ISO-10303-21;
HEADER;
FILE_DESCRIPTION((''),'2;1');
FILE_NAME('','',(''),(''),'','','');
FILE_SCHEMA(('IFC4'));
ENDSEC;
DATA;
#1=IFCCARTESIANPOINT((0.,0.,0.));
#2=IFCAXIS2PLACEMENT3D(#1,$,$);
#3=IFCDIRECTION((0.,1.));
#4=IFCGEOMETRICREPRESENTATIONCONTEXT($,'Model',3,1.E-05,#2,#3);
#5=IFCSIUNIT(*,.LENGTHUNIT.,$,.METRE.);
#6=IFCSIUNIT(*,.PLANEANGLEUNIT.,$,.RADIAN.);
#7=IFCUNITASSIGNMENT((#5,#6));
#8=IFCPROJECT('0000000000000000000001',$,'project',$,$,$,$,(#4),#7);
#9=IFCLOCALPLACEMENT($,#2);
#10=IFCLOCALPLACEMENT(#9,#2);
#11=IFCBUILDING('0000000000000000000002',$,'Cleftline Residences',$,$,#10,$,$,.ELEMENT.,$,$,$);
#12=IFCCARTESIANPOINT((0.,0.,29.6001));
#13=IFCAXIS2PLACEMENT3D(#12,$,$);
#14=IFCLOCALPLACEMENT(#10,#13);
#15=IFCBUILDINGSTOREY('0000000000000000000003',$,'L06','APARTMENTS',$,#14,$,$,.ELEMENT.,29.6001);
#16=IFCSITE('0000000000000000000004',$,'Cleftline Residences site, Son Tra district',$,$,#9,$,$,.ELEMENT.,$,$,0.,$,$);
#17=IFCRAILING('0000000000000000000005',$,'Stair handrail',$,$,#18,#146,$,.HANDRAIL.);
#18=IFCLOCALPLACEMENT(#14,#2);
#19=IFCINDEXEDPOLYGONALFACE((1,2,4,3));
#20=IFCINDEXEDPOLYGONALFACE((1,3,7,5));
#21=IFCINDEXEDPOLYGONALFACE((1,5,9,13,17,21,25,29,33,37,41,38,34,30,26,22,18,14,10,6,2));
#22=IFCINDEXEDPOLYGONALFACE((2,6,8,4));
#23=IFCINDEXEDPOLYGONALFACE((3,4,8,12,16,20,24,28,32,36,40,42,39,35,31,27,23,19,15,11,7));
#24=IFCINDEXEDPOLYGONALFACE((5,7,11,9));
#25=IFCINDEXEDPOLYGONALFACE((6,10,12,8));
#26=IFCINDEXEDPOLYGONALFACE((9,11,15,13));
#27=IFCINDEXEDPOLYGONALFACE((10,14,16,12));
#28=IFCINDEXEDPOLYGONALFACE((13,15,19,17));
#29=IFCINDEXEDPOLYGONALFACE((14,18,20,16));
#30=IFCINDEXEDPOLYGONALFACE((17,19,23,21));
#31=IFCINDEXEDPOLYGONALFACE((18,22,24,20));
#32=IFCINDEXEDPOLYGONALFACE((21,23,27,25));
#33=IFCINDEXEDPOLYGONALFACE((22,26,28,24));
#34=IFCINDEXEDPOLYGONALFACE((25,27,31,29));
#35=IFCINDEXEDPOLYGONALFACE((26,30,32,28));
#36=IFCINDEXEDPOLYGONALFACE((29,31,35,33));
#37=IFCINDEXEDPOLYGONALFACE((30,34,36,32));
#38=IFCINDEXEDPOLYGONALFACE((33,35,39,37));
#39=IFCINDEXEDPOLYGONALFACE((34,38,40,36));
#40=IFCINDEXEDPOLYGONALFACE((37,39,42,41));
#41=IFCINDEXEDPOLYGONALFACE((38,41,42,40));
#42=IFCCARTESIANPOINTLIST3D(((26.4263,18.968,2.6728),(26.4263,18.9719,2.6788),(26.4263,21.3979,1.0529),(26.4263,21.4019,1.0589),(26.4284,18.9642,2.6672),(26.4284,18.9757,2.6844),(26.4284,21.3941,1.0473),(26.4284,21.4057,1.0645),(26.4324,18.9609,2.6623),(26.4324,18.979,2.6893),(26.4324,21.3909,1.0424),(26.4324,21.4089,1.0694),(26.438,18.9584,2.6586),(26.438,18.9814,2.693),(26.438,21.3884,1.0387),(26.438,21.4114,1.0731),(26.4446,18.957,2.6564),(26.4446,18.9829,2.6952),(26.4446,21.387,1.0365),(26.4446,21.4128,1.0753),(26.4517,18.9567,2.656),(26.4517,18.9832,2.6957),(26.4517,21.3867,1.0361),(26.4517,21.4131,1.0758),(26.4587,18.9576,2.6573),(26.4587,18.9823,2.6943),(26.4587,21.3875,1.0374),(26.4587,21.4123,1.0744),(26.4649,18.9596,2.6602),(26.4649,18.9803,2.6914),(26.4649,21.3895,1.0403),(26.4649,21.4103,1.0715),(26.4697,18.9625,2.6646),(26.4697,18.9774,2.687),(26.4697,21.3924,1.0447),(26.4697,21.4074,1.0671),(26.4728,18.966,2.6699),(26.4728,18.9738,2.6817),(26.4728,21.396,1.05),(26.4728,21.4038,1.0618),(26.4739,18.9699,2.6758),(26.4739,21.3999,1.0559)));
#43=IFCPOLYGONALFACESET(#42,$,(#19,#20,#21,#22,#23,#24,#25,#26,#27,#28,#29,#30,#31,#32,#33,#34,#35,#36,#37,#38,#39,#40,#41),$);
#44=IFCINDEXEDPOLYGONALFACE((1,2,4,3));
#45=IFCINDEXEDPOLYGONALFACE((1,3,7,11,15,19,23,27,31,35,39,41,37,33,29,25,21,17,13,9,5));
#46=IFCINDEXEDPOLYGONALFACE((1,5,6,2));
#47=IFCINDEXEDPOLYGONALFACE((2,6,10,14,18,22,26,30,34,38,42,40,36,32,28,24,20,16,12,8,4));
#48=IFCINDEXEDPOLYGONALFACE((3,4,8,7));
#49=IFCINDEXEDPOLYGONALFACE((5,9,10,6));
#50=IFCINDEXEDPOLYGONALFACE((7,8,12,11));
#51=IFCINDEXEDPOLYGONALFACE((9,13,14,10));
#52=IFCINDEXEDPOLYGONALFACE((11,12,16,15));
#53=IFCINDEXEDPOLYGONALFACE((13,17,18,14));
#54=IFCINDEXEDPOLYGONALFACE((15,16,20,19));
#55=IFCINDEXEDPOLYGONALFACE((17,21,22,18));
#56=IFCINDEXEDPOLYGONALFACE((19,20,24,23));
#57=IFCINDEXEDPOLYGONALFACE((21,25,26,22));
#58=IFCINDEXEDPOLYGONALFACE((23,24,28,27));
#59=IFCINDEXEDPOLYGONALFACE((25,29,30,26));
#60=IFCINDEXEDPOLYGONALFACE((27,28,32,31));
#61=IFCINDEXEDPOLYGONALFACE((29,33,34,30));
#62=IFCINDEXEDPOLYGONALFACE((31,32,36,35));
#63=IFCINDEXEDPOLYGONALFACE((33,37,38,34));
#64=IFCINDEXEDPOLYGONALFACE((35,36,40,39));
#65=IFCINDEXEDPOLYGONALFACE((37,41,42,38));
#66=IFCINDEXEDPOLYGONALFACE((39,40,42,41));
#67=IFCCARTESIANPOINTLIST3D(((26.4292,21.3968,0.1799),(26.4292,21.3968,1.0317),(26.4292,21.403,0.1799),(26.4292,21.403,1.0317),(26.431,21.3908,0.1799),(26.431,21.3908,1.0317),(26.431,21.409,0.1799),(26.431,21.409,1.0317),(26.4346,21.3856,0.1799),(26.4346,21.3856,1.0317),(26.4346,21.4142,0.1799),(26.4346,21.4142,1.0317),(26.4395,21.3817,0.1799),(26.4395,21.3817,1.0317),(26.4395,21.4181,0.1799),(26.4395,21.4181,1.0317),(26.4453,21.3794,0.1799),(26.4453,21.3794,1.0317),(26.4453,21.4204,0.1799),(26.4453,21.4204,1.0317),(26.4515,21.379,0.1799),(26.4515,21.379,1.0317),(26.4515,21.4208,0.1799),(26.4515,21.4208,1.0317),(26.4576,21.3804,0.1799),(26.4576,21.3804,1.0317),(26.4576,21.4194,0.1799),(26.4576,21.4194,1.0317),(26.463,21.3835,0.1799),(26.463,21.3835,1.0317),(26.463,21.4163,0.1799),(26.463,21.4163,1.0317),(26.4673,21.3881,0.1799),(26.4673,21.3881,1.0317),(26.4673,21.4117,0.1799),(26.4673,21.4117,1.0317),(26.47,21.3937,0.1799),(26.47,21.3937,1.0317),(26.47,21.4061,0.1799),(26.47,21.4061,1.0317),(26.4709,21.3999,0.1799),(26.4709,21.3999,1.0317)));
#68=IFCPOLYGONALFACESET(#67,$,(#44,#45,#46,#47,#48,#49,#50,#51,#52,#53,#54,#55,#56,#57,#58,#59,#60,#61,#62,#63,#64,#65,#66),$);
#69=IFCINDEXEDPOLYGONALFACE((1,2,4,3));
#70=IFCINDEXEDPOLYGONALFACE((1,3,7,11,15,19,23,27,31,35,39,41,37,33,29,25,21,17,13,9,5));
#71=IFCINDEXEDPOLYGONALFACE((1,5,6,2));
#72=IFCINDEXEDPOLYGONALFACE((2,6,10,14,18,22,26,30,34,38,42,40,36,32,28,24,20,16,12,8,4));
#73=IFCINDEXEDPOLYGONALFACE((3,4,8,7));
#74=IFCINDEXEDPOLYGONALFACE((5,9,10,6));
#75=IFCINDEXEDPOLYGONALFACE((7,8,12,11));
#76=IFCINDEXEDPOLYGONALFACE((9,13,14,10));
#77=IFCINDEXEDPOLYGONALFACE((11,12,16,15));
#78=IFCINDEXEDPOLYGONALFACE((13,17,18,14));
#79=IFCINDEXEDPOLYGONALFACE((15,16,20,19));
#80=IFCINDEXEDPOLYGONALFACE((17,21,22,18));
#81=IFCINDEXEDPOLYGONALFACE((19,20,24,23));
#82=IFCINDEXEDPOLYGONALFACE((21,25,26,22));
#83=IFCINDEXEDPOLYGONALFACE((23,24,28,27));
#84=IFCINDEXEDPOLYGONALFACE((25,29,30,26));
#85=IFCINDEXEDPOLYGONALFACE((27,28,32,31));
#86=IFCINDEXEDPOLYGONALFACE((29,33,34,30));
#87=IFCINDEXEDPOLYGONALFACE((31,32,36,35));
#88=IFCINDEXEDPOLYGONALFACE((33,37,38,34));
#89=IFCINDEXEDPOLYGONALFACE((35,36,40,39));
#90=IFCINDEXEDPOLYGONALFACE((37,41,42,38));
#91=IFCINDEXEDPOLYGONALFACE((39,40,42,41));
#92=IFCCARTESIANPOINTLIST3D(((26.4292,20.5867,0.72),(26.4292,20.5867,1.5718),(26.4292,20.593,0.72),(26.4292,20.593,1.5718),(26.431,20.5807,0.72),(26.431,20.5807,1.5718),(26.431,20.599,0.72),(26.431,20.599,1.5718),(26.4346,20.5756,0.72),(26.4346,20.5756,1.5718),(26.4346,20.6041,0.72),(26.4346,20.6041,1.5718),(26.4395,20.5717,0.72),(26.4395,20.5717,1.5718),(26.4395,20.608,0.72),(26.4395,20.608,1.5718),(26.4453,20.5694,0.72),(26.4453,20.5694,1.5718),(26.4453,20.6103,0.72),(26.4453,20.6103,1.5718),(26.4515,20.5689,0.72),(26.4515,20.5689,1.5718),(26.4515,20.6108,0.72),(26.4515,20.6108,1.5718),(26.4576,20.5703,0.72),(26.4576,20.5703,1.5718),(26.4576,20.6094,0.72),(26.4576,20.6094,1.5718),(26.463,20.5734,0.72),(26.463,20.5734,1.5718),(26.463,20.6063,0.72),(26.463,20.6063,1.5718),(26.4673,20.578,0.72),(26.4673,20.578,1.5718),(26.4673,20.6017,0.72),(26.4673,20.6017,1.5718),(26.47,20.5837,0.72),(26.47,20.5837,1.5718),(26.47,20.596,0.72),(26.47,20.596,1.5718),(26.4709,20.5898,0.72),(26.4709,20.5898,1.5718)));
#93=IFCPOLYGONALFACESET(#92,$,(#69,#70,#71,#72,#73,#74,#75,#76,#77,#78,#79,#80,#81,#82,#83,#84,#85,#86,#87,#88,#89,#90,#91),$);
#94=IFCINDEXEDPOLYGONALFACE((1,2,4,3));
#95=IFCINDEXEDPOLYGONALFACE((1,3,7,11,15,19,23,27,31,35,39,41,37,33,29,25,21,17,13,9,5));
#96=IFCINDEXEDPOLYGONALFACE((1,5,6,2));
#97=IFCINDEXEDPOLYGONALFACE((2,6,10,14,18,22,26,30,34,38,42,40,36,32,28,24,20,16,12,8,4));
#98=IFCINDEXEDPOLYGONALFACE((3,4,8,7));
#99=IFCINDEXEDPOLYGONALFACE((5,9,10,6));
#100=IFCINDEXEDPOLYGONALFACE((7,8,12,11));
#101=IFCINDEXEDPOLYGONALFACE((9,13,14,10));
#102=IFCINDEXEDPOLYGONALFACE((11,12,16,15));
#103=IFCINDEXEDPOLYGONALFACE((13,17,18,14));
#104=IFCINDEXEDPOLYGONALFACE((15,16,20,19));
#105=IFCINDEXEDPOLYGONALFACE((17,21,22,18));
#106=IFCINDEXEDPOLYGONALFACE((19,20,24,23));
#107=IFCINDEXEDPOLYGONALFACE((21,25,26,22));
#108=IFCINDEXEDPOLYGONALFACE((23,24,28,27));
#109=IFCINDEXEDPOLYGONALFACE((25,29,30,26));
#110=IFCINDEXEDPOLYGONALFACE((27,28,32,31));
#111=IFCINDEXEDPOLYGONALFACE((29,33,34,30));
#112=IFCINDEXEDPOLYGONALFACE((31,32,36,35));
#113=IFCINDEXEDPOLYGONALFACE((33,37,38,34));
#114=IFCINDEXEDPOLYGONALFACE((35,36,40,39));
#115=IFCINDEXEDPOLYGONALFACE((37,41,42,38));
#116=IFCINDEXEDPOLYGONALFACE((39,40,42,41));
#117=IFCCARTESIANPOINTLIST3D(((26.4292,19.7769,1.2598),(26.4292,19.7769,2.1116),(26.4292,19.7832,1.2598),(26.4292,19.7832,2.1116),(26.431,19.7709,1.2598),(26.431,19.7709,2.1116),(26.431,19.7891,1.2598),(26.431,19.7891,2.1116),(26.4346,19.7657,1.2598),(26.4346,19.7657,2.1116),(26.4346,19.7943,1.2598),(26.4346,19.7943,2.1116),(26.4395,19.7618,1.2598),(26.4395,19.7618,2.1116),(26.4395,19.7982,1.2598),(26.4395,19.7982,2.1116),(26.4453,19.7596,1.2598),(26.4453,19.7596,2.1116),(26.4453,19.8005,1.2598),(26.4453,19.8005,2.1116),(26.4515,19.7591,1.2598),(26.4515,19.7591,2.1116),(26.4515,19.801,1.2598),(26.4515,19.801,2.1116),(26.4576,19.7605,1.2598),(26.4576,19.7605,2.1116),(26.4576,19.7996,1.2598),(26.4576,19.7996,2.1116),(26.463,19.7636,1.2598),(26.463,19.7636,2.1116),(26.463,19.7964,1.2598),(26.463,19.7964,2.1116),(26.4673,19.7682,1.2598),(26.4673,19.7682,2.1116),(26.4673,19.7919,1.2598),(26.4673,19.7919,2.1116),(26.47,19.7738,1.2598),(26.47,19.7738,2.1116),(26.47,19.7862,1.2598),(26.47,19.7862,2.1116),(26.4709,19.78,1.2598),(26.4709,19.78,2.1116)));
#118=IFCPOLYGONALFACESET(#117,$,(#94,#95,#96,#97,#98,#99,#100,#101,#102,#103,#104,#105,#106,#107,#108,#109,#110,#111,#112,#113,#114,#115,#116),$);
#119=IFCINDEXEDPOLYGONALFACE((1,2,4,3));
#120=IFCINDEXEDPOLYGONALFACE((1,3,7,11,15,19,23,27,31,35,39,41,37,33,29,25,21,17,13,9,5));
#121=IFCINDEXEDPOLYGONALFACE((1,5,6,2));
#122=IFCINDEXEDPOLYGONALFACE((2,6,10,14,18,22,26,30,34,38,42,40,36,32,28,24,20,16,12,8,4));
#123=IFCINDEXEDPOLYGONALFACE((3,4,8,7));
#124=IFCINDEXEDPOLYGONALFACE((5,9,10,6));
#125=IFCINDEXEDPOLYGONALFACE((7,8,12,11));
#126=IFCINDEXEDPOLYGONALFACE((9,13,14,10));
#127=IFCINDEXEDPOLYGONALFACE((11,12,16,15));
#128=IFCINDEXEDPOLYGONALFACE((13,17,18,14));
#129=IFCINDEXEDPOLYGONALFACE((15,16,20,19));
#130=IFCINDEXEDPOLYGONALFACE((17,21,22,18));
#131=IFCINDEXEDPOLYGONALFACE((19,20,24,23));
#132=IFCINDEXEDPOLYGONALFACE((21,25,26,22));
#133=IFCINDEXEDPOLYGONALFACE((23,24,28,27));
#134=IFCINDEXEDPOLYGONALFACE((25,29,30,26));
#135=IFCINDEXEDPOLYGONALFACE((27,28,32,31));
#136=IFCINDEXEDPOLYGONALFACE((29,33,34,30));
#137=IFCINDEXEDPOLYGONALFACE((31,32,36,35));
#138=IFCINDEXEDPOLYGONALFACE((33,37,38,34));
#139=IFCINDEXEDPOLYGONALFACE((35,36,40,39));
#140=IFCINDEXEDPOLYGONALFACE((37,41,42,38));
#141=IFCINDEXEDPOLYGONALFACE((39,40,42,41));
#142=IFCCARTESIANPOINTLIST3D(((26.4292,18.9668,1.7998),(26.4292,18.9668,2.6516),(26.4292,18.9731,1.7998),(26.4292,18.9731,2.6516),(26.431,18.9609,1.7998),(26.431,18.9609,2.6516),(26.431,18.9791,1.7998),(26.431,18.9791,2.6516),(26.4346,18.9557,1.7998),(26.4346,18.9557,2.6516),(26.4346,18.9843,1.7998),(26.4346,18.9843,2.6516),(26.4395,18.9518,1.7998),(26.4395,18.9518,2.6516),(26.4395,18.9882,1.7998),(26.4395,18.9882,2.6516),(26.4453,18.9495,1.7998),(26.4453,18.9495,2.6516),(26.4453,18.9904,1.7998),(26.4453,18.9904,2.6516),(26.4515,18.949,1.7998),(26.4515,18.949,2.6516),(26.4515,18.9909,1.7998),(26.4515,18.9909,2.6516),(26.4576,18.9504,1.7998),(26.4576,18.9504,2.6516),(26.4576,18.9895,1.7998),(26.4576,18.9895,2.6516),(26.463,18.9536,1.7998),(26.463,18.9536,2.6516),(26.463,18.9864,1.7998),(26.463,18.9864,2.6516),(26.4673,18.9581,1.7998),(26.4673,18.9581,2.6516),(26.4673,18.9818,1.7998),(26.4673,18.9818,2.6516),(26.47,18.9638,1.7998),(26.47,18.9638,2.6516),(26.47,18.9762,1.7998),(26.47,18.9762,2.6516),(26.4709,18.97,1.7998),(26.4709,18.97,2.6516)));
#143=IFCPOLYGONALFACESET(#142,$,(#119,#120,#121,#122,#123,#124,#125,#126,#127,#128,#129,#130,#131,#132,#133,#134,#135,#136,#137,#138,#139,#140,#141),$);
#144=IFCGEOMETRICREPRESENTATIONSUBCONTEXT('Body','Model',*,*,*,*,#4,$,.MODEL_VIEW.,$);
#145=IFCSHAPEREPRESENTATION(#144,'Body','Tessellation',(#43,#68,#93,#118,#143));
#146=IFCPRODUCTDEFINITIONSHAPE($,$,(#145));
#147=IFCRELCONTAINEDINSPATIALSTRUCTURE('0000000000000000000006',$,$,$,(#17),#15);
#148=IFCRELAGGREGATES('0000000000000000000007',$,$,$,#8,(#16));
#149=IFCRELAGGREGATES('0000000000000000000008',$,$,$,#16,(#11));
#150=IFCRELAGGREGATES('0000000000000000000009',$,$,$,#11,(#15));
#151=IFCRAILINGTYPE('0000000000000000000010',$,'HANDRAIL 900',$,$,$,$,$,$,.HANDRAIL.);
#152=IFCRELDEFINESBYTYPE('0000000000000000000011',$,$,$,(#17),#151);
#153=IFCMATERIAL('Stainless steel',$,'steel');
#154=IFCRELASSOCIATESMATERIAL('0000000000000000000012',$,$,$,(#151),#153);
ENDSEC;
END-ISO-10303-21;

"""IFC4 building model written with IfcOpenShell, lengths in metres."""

from ifc_helpers import new_model, si_unit, direction, frame, origin, origin_2d, place, context, subcontext, project, spatial, circle, extrude, material, type_object, element, save


model = new_model("IFC4")

# Units and contexts
model_context = context("Model", 3, precision=1e-05, world=origin(), true_north=direction((0.0, 1.0)))
body_context = subcontext(model_context, "Body", "Model", "MODEL_VIEW")
ifc_project = project(units=[si_unit("LENGTHUNIT", "METRE"), si_unit("PLANEANGLEUNIT", "RADIAN")], contexts=[model_context])

# Site, building, storey
site_placement = place(None, origin())
site = spatial("IfcSite", under=ifc_project, at=site_placement, Name="Cleftline Residences site, Son Tra district", CompositionType="ELEMENT", RefElevation=0.0)
building_placement = place(site_placement, origin())
building = spatial("IfcBuilding", under=site, at=building_placement, Name="Cleftline Residences", CompositionType="ELEMENT")
storey_placement = place(building_placement, frame((0.0, 0.0, 29.6001)))
storey = spatial("IfcBuildingStorey", under=building, at=storey_placement, Name="L06", Description="APARTMENTS", CompositionType="ELEMENT", Elevation=29.6001)

# Railing
ifc_material_1 = material(Name="Stainless steel", Category="steel")
railing_type = type_object("IfcRailingType", Name="HANDRAIL 900", PredefinedType="HANDRAIL", material=ifc_material_1)
railing_1_placement = place(storey_placement, frame((26.45, 21.3999, 0.1799)))
element("IfcRailing", 1, at=railing_1_placement, inside=storey, type_object=railing_type, Name="Stair handrail", PredefinedType="HANDRAIL", context=body_context, shape_type="SweptSolid", body=[
    extrude(circle(Radius=0.0239, at=origin_2d()), frame((0.0, 0.0, 0.876), z_axis=(0.0, -0.832063, 0.554681), x_axis=(1.0, 0.0, 0.0)), (0.0, 0.0, 1.0), 2.9204),
    extrude(circle(Radius=0.021, at=origin_2d()), origin(), (0.0, 0.0, 1.0), 0.8518),
    extrude(circle(Radius=0.021, at=origin_2d()), frame((0.0, -0.8101, 0.54)), (0.0, 0.0, 1.0), 0.8518),
    extrude(circle(Radius=0.021, at=origin_2d()), frame((0.0, -1.6199, 1.0798)), (0.0, 0.0, 1.0), 0.8518),
    extrude(circle(Radius=0.021, at=origin_2d()), frame((0.0, -2.4299, 1.6199)), (0.0, 0.0, 1.0), 0.8518),
])

save(model, "model.ifc")
